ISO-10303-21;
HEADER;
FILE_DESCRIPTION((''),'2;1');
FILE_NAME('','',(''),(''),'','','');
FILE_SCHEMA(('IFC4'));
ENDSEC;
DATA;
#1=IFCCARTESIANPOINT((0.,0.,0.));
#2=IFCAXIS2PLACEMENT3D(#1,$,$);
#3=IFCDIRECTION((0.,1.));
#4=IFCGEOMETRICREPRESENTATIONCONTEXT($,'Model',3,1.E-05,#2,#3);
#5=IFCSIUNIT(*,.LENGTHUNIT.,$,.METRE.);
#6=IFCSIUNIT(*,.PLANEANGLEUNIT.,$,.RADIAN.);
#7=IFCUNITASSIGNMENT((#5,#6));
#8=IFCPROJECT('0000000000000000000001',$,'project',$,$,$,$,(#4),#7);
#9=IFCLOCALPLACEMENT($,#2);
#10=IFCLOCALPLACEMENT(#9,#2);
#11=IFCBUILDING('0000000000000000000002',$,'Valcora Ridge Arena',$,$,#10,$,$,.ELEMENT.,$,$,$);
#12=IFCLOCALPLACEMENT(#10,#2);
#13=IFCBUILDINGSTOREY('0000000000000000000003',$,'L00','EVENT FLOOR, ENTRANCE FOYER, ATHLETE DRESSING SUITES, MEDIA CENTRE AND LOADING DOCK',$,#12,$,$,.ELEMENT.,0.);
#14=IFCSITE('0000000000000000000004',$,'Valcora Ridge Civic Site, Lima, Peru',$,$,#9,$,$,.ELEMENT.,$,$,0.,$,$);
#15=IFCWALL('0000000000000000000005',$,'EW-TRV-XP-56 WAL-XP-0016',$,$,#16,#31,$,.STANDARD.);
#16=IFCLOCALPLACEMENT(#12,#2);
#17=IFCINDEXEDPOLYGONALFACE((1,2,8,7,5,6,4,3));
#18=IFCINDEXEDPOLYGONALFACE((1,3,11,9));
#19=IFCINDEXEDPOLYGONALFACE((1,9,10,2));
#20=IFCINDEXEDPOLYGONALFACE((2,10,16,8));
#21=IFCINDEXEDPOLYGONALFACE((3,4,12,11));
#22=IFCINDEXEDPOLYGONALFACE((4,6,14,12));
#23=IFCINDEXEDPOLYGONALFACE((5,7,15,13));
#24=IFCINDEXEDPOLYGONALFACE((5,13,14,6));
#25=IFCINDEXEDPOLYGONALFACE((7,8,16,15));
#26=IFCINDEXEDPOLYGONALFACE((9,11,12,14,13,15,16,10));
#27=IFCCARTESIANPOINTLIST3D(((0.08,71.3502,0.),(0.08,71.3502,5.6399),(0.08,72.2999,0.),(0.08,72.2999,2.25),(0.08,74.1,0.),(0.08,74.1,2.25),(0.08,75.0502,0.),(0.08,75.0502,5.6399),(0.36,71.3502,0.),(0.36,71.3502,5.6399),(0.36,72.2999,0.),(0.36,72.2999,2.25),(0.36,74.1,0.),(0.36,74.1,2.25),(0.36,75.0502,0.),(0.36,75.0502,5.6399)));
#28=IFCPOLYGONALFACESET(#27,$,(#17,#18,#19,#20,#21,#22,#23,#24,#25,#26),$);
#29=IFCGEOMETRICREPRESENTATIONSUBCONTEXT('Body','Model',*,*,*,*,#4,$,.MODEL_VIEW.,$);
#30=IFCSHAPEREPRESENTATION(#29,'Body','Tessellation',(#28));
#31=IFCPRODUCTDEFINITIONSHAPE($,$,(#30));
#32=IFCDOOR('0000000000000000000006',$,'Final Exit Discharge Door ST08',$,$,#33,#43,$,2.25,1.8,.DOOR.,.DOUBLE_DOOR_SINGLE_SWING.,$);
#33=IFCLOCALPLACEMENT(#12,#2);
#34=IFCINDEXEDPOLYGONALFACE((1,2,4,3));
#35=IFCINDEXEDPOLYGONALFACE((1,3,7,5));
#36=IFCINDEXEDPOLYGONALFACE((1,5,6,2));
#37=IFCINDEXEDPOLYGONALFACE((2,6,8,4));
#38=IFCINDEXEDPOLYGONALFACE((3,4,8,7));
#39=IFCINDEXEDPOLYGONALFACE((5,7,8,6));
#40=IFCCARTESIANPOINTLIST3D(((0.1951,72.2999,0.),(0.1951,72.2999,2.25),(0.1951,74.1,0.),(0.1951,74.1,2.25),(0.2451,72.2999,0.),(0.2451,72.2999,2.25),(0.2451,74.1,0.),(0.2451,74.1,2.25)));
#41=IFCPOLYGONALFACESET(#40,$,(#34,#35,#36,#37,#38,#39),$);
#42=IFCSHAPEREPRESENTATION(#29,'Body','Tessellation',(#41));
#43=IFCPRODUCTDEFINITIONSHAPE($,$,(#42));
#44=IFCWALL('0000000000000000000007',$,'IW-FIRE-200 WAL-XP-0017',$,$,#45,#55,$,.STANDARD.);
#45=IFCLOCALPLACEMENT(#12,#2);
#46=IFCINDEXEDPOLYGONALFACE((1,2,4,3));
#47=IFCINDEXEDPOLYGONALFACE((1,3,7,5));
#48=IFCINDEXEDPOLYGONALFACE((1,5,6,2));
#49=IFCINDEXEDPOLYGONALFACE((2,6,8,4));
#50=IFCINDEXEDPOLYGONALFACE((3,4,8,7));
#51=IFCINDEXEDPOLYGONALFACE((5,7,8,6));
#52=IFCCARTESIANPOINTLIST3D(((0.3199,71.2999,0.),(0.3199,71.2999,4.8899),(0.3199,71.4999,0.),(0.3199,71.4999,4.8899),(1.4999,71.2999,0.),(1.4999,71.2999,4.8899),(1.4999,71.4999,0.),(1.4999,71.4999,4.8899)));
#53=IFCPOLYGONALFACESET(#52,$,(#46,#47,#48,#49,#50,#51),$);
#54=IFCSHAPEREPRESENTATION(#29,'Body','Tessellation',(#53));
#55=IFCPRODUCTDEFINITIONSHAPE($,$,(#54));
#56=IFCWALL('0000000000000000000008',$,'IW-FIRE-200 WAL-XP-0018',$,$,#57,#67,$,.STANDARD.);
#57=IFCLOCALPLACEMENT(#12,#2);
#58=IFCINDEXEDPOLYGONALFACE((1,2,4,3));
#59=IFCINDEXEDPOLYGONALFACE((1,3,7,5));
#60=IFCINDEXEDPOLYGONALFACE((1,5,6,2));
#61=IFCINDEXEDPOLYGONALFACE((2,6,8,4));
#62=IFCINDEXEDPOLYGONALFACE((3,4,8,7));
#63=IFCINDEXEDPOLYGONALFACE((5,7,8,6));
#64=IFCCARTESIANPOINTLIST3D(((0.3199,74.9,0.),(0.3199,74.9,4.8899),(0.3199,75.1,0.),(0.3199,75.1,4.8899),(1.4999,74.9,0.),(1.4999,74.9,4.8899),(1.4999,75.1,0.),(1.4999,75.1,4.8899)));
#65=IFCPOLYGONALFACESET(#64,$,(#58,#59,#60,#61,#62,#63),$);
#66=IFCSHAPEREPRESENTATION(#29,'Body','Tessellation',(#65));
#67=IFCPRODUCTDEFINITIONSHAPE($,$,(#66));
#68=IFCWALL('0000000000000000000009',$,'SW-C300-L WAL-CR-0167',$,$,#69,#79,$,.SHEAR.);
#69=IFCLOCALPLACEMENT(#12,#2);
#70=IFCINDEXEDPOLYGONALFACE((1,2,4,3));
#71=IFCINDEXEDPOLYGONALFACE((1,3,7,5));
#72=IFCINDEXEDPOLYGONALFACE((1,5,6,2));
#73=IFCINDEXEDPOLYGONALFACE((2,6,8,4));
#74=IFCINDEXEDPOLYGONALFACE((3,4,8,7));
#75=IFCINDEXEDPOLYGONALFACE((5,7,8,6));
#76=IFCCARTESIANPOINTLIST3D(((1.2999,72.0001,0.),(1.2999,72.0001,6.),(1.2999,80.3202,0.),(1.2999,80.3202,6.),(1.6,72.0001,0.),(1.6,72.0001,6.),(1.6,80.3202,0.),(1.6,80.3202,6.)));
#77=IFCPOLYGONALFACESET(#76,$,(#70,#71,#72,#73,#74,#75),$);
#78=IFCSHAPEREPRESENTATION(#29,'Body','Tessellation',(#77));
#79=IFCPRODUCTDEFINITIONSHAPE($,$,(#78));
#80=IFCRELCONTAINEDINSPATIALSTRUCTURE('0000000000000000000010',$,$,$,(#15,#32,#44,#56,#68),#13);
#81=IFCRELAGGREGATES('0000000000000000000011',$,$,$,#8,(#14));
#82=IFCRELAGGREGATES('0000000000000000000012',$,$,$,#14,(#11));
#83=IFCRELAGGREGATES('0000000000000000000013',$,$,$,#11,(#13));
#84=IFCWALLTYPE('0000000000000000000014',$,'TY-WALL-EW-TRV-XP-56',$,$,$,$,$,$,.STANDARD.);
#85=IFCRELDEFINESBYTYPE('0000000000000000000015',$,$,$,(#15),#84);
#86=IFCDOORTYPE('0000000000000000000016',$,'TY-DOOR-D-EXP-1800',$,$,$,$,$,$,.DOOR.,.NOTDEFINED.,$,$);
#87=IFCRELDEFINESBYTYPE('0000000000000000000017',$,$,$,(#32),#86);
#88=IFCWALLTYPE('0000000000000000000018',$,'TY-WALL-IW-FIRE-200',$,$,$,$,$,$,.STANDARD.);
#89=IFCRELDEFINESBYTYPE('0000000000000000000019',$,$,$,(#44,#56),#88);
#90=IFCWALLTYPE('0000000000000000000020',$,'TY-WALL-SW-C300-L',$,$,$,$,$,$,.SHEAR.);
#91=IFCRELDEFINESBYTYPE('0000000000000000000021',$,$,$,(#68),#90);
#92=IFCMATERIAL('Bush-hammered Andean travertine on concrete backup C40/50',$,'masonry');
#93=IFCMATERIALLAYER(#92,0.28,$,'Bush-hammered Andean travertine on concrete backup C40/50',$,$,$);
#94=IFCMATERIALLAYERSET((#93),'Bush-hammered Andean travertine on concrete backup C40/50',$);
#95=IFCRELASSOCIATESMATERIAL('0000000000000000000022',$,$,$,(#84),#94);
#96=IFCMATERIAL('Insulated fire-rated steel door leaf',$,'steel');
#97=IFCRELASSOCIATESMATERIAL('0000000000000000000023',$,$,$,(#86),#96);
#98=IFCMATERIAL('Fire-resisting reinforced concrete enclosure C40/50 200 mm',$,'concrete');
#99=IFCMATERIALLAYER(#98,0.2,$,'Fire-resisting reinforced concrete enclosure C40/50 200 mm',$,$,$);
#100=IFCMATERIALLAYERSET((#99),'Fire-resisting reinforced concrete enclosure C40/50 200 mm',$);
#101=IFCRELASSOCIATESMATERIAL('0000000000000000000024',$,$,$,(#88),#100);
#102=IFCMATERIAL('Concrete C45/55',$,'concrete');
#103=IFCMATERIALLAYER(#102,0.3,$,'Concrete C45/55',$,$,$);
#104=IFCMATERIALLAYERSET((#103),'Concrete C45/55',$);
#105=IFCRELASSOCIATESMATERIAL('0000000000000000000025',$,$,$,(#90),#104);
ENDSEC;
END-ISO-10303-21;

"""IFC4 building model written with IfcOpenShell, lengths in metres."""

from ifc_helpers import new_model, si_unit, direction, frame, frame_2d, origin, place, context, subcontext, project, spatial, rectangle, extrude, material, layer, layer_set, type_object, element, fill, save


model = new_model("IFC4")

# Units and contexts
model_context = context("Model", 3, precision=1e-05, world=origin(), true_north=direction((0.0, 1.0)))
body_context = subcontext(model_context, "Body", "Model", "MODEL_VIEW")
ifc_project = project(units=[si_unit("LENGTHUNIT", "METRE"), si_unit("PLANEANGLEUNIT", "RADIAN")], contexts=[model_context])

# Site, building, storey
site_placement = place(None, origin())
site = spatial("IfcSite", under=ifc_project, at=site_placement, Name="Valcora Ridge Civic Site, Lima, Peru", CompositionType="ELEMENT", RefElevation=0.0)
building_placement = place(site_placement, origin())
building = spatial("IfcBuilding", under=site, at=building_placement, Name="Valcora Ridge Arena", CompositionType="ELEMENT")
storey_placement = place(building_placement, origin())
storey = spatial("IfcBuildingStorey", under=building, at=storey_placement, Name="L00", Description="EVENT FLOOR, ENTRANCE FOYER, ATHLETE DRESSING SUITES, MEDIA CENTRE AND LOADING DOCK", CompositionType="ELEMENT", Elevation=0.0)

# Shared definitions
ifc_material_1 = material(Name="Bush-hammered Andean travertine on concrete backup C40/50", Category="masonry")

# Wall, opening, door
ifc_layer_1 = layer(ifc_material_1, 0.28, Name="Bush-hammered Andean travertine on concrete backup C40/50")
ifc_layer_set_1 = layer_set([ifc_layer_1], Name="Bush-hammered Andean travertine on concrete backup C40/50")
wall_type_1 = type_object("IfcWallType", Name="TY-WALL-EW-TRV-XP-56", PredefinedType="STANDARD", material=ifc_layer_set_1)
wall_1_placement = place(storey_placement, frame((0.22, 71.3501, 0.0), z_axis=(0.0, 0.0, 1.0), x_axis=(0.0, 1.0, 0.0)))
wall_1 = element("IfcWall", 1, at=wall_1_placement, inside=storey, type_object=wall_type_1, Name="EW-TRV-XP-56 WAL-XP-0016", PredefinedType="STANDARD", context=body_context, shape_type="SweptSolid", body=[
    extrude(rectangle(XDim=3.7, YDim=0.28, at=frame_2d((1.8501, 0.0))), origin(), (0.0, 0.0, 1.0), 5.6399),
])
opening_1_placement = place(wall_1_placement, frame((0.95, 0.0, 0.0)))
opening_1 = element("IfcOpeningElement", 2, at=opening_1_placement, cuts=wall_1, PredefinedType="OPENING", context=body_context, shape_type="SweptSolid", body=[
    extrude(rectangle(XDim=1.8, YDim=2.25, at=frame_2d((0.8999, 1.125))), frame((0.0, 0.1499, 0.0), z_axis=(0.0, -1.0, 0.0), x_axis=(1.0, 0.0, 0.0)), (0.0, 0.0, 1.0), 0.3),
])
ifc_material_2 = material(Name="Insulated fire-rated steel door leaf", Category="steel")
door_type = type_object("IfcDoorType", Name="TY-DOOR-D-EXP-1800", OperationType="NOTDEFINED", PredefinedType="DOOR", material=ifc_material_2)
door_placement = place(opening_1_placement, origin())
door = element("IfcDoor", 3, at=door_placement, inside=storey, type_object=door_type, Name="Final Exit Discharge Door ST08", OperationType="DOUBLE_DOOR_SINGLE_SWING", OverallHeight=2.25, OverallWidth=1.8, PredefinedType="DOOR", context=body_context, shape_type="SweptSolid", body=[
    extrude(rectangle(XDim=1.8, YDim=2.25, at=frame_2d((0.8999, 1.125))), frame((0.0, 0.0249, 0.0), z_axis=(0.0, -1.0, 0.0), x_axis=(1.0, 0.0, 0.0)), (0.0, 0.0, 1.0), 0.05),
])
fill(opening_1, door)

# Walls
ifc_material_3 = material(Name="Fire-resisting reinforced concrete enclosure C40/50 200 mm", Category="concrete")
ifc_layer_2 = layer(ifc_material_3, 0.2, Name="Fire-resisting reinforced concrete enclosure C40/50 200 mm")
ifc_layer_set_2 = layer_set([ifc_layer_2], Name="Fire-resisting reinforced concrete enclosure C40/50 200 mm")
wall_type_2 = type_object("IfcWallType", Name="TY-WALL-IW-FIRE-200", PredefinedType="STANDARD", material=ifc_layer_set_2)
for number, where, z_axis, x_axis, name in (
    (4, (0.3201, 71.3999, 0.0), (0.0, 0.0, 1.0), (1.0, 0.0, 0.0), "IW-FIRE-200 WAL-XP-0017"),
    (5, (0.3201, 75.0, 0.0), (0.0, 0.0, 1.0), (1.0, 0.0, 0.0), "IW-FIRE-200 WAL-XP-0018"),
):
    element("IfcWall", number, at=place(storey_placement, frame(where, z_axis=z_axis, x_axis=x_axis)), inside=storey, type_object=wall_type_2, Name=name, PredefinedType="STANDARD", context=body_context, shape_type="SweptSolid", body=[
        extrude(rectangle(XDim=1.1799, YDim=0.2, at=frame_2d((0.5898, 0.0))), origin(), (0.0, 0.0, 1.0), 4.8899),
    ])
ifc_material_4 = material(Name="Concrete C45/55", Category="concrete")
ifc_layer_3 = layer(ifc_material_4, 0.3, Name="Concrete C45/55")
ifc_layer_set_3 = layer_set([ifc_layer_3], Name="Concrete C45/55")
wall_type_3 = type_object("IfcWallType", Name="TY-WALL-SW-C300-L", PredefinedType="SHEAR", material=ifc_layer_set_3)
wall_2_placement = place(storey_placement, frame((1.45, 72.0, 0.0), z_axis=(0.0, 0.0, 1.0), x_axis=(0.0, 1.0, 0.0)))
element("IfcWall", 6, at=wall_2_placement, inside=storey, type_object=wall_type_3, Name="SW-C300-L WAL-CR-0167", PredefinedType="SHEAR", context=body_context, shape_type="SweptSolid", body=[
    extrude(rectangle(XDim=8.3201, YDim=0.3, at=frame_2d((4.1602, 0.0))), origin(), (0.0, 0.0, 1.0), 6.0),
])

save(model, "model.ifc")
